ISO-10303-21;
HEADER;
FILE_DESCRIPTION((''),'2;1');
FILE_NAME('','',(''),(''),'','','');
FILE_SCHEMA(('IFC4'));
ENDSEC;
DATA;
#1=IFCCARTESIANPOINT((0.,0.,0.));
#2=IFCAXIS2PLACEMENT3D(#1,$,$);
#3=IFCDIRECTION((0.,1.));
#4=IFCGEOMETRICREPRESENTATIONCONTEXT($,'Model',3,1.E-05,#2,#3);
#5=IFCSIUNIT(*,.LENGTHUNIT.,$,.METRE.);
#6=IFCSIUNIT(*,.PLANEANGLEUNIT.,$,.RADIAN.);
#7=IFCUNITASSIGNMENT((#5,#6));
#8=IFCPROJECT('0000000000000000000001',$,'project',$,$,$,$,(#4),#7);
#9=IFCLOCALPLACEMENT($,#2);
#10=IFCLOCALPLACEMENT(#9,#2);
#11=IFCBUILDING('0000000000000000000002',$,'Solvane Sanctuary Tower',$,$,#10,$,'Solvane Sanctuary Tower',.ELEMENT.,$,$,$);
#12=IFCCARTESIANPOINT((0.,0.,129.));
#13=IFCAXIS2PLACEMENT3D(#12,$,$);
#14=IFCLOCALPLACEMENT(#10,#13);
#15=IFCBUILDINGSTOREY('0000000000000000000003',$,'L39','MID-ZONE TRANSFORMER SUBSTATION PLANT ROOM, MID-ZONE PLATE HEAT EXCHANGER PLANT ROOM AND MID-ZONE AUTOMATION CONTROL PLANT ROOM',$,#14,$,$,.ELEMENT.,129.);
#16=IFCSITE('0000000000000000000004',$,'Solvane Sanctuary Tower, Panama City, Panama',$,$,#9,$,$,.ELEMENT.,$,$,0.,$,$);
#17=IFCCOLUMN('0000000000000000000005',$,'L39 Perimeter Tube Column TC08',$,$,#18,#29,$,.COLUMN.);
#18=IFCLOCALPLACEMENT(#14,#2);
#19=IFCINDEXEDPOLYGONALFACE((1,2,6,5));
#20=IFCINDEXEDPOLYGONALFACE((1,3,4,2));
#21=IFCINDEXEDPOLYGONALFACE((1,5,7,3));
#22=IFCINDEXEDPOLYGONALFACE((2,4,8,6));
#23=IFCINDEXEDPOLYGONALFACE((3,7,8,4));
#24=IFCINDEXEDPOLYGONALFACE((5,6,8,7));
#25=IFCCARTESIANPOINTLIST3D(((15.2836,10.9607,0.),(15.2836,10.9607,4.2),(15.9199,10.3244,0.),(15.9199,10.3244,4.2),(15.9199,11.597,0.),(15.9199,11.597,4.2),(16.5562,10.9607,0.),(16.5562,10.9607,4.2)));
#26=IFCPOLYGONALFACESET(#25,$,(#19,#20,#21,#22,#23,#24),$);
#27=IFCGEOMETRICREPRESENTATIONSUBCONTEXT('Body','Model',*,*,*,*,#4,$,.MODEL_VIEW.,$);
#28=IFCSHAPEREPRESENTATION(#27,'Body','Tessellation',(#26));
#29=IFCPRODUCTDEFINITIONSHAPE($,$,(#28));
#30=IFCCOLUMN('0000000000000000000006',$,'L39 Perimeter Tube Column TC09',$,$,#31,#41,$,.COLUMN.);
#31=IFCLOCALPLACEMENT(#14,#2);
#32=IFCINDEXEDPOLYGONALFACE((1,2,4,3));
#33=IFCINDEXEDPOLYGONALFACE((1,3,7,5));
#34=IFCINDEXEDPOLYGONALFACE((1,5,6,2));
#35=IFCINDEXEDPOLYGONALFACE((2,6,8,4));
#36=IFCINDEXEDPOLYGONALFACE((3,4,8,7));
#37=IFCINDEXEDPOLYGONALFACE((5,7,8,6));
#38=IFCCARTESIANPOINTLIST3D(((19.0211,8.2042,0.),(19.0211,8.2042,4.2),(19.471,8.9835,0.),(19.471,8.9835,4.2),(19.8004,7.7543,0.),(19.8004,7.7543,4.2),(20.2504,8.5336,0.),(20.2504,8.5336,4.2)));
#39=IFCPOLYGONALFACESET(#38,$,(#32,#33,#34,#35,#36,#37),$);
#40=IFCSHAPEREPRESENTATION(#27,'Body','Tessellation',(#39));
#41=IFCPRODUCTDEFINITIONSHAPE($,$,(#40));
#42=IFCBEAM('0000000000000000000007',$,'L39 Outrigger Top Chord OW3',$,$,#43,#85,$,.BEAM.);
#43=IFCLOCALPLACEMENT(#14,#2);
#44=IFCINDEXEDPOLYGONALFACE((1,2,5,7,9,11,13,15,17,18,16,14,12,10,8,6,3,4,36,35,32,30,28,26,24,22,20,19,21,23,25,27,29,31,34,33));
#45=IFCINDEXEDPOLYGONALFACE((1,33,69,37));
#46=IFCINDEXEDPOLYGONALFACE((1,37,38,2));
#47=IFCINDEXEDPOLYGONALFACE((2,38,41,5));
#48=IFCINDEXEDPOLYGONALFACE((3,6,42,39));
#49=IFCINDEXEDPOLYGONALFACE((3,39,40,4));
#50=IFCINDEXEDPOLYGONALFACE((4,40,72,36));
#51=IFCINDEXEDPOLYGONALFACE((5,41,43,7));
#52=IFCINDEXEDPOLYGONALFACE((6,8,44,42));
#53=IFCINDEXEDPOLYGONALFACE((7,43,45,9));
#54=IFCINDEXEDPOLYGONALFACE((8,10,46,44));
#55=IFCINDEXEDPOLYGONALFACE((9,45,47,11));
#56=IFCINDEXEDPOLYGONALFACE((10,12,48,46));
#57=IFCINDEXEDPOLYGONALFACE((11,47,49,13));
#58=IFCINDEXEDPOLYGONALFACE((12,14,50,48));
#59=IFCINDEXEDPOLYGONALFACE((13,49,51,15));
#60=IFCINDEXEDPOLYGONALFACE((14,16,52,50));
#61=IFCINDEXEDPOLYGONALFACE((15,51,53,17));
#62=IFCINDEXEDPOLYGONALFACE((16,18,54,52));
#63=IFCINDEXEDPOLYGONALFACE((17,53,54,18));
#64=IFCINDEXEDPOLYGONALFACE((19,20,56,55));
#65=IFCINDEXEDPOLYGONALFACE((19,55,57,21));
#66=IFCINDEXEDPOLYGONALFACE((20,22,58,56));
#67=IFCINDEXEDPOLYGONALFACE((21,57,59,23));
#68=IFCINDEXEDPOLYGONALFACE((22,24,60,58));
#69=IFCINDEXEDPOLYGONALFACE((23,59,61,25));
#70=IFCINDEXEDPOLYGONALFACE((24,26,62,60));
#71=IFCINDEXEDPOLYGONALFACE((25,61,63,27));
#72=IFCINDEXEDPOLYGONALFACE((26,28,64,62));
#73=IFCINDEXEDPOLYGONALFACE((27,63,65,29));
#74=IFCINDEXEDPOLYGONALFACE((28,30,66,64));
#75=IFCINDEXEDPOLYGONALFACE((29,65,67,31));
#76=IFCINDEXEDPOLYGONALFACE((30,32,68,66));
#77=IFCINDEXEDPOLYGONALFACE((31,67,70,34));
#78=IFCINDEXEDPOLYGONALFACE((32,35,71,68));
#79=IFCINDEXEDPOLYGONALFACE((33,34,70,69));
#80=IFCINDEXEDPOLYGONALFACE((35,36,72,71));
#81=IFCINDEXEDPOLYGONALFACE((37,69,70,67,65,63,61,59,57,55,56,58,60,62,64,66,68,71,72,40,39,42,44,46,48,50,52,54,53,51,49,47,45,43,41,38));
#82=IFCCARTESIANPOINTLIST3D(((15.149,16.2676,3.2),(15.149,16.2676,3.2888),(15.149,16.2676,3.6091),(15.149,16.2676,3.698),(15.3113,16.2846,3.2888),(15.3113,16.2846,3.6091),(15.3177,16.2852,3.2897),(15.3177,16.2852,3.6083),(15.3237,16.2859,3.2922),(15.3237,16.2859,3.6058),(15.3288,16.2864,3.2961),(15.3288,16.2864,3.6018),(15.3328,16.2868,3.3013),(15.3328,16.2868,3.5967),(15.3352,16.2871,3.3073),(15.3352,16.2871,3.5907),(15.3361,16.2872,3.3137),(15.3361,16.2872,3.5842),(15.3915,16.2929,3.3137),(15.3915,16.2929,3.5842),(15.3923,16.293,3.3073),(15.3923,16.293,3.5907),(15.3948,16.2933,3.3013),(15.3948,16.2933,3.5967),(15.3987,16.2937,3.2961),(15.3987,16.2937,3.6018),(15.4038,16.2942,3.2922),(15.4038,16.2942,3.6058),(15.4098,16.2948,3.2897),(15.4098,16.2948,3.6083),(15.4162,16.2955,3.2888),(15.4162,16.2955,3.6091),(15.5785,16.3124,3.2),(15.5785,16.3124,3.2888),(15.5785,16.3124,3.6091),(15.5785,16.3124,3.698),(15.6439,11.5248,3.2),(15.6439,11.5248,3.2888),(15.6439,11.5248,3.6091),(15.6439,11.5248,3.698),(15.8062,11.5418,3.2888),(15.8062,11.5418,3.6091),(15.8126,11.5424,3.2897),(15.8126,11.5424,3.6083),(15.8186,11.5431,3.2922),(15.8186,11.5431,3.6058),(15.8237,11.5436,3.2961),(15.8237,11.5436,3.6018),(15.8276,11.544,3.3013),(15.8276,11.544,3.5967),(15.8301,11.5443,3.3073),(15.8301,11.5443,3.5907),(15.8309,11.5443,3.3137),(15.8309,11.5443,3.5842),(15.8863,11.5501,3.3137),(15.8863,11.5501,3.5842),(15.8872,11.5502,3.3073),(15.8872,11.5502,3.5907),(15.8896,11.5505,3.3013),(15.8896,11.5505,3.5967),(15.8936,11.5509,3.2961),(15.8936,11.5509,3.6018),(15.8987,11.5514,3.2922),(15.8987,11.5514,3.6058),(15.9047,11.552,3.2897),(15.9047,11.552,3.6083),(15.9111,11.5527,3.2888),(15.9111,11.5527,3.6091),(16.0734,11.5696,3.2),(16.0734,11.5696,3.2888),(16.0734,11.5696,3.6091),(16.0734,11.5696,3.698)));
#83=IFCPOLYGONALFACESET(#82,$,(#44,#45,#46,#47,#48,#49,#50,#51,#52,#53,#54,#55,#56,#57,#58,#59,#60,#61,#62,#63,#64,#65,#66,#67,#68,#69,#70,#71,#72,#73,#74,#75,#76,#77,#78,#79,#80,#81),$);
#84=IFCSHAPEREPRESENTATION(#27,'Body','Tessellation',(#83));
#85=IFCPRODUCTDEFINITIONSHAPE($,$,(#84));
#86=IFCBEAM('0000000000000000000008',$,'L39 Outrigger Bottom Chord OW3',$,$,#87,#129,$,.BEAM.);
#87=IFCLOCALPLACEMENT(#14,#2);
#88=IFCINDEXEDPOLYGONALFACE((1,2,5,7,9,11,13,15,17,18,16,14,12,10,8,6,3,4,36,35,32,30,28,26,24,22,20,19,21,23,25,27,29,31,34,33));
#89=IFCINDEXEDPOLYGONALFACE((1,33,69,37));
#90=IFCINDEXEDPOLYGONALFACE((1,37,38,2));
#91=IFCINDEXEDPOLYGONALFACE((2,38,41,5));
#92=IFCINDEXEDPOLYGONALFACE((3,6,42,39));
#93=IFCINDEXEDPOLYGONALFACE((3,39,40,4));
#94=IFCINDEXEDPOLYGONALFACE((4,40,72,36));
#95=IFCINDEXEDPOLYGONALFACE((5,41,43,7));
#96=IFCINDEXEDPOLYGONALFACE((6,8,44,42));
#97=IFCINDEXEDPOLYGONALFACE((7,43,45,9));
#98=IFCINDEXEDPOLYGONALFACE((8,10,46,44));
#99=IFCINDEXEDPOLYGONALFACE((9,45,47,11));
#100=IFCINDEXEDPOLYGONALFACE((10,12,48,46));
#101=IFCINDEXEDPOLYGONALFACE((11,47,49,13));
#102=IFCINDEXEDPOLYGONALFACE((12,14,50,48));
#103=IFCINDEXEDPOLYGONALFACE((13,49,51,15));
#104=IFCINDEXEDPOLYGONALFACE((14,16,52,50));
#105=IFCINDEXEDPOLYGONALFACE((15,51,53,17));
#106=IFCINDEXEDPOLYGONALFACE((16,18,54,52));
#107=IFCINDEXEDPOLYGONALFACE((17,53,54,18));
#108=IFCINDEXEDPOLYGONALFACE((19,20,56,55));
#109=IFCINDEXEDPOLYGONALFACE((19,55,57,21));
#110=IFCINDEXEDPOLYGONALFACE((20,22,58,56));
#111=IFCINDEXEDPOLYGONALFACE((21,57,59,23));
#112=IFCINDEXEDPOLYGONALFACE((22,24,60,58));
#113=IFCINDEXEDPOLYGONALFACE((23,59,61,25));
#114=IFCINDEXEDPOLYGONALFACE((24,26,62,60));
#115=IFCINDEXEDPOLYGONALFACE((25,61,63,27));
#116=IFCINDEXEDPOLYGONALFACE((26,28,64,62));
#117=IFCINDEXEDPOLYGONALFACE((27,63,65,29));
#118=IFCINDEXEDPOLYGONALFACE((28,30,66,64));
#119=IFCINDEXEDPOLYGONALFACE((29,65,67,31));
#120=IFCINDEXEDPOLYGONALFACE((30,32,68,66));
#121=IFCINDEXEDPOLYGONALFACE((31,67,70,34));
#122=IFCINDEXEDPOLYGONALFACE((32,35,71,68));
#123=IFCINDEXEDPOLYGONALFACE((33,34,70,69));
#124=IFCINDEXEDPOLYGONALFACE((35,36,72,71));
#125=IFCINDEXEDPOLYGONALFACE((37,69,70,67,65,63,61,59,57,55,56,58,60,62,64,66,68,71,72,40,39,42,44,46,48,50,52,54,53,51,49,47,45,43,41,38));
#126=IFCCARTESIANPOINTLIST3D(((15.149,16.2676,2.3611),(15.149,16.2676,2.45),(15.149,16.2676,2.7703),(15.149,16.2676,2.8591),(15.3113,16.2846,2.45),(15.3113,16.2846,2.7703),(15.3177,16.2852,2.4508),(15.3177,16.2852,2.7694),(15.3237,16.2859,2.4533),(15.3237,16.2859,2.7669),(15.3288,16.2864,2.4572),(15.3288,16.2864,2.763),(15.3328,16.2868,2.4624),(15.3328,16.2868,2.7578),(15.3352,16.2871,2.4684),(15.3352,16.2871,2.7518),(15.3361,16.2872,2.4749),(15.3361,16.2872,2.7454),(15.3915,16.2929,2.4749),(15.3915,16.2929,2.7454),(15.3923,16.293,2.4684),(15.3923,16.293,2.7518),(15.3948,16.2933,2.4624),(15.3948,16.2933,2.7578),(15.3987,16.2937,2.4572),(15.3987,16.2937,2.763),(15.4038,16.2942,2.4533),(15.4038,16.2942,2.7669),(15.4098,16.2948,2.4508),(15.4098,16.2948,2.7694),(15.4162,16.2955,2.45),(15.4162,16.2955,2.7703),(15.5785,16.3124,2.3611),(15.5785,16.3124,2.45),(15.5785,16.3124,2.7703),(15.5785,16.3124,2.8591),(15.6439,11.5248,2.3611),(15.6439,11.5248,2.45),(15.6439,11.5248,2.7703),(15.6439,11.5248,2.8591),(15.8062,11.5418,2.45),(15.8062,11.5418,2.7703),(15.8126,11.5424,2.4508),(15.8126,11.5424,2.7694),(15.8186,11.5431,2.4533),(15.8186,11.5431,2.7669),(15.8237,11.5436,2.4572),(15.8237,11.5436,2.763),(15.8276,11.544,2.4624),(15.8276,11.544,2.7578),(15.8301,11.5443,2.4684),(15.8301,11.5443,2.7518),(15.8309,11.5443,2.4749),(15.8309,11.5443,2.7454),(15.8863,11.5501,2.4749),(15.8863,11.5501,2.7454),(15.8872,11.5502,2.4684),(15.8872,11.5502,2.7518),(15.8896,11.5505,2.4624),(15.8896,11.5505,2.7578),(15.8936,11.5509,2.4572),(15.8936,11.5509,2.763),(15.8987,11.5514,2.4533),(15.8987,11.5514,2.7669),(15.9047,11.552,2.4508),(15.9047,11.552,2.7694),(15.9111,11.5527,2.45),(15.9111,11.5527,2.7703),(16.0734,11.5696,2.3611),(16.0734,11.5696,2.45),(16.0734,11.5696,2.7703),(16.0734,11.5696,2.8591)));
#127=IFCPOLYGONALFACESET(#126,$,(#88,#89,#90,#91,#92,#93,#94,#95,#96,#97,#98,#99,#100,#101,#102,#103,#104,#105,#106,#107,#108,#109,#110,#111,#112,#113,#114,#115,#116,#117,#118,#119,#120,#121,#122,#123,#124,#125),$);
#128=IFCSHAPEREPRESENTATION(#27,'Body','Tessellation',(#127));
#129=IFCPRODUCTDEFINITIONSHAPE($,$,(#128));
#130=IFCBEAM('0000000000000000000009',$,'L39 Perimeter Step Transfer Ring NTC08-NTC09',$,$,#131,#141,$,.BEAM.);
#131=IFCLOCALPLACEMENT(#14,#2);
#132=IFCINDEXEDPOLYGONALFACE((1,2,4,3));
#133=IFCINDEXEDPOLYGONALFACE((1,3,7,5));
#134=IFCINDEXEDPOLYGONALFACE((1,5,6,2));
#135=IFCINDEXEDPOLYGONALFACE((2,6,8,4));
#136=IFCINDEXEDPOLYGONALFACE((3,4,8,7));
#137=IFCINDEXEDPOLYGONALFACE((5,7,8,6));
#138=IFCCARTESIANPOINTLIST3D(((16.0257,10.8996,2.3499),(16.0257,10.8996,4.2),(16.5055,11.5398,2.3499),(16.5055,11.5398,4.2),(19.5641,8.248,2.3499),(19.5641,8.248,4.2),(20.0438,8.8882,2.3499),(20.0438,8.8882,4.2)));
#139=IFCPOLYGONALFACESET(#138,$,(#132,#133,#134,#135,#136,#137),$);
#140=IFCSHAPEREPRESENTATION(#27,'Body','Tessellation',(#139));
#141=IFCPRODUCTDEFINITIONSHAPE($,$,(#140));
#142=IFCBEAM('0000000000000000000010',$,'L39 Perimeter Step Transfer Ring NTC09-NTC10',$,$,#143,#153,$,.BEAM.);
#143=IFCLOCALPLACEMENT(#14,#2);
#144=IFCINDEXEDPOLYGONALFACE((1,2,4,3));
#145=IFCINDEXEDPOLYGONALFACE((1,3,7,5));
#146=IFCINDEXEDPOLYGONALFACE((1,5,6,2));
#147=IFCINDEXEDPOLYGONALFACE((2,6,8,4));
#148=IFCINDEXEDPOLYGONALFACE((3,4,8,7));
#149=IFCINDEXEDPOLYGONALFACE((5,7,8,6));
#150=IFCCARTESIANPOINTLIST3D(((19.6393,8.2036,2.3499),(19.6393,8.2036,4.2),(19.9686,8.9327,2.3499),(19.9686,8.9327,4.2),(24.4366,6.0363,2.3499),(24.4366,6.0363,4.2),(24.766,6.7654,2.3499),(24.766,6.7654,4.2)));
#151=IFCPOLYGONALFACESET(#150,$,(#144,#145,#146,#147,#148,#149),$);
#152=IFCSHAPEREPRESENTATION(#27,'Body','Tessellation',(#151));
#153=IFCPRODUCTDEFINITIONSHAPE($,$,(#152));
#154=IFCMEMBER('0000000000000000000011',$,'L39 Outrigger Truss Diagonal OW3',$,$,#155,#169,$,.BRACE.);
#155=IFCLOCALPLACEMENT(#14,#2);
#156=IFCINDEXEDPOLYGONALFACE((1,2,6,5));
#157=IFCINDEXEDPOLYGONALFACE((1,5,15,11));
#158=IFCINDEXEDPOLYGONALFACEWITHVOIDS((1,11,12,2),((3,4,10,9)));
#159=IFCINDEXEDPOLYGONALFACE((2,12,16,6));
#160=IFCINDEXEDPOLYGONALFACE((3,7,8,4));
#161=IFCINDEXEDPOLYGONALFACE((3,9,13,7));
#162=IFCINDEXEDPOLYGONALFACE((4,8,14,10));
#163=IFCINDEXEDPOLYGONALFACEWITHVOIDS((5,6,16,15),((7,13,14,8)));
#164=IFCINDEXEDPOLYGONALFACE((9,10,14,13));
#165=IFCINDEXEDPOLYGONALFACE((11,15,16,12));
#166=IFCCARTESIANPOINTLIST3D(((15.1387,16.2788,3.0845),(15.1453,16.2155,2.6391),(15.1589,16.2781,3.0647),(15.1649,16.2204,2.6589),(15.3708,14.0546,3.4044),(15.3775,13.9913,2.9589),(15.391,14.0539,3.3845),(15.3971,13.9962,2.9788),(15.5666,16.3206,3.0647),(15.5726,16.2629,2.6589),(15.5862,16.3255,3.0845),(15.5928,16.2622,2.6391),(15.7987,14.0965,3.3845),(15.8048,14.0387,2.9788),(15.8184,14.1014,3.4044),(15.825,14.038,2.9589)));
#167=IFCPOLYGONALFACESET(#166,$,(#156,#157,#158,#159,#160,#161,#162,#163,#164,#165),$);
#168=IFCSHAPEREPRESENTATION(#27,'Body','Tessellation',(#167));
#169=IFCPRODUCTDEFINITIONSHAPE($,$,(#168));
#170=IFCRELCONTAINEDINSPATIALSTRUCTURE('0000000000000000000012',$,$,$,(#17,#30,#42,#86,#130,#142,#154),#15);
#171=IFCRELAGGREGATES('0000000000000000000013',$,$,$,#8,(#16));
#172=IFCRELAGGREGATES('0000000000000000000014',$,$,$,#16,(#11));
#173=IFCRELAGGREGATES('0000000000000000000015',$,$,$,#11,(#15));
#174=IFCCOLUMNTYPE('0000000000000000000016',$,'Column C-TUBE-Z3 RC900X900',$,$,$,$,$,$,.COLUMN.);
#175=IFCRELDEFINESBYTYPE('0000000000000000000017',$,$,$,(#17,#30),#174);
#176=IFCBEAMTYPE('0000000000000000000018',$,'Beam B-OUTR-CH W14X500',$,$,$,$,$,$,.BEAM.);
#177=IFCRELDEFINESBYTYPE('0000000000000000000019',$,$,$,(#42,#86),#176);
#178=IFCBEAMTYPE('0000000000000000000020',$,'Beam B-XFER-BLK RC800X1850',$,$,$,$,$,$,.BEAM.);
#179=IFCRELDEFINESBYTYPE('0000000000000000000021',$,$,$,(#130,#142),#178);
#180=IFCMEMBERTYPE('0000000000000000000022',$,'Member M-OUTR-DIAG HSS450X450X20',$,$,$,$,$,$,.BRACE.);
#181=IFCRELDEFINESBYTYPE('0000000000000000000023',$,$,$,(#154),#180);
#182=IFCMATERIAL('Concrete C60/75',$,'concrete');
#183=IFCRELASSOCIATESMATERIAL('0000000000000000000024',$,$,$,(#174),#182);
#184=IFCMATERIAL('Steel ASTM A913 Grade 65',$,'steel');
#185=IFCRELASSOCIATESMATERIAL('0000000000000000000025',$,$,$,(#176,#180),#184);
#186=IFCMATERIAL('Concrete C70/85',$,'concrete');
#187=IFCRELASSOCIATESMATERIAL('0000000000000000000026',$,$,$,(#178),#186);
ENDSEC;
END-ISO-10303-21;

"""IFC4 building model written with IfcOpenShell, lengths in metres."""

from ifc_helpers import new_model, si_unit, direction, frame, origin, origin_2d, place, context, subcontext, project, spatial, rectangle, hollow_rectangle, i_section, extrude, material, material_profile, profile_set, type_object, element, save


model = new_model("IFC4")

# Units and contexts
model_context = context("Model", 3, precision=1e-05, world=origin(), true_north=direction((0.0, 1.0)))
body_context = subcontext(model_context, "Body", "Model", "MODEL_VIEW")
ifc_project = project(units=[si_unit("LENGTHUNIT", "METRE"), si_unit("PLANEANGLEUNIT", "RADIAN")], contexts=[model_context])

# Site, building, storey
site_placement = place(None, origin())
site = spatial("IfcSite", under=ifc_project, at=site_placement, Name="Solvane Sanctuary Tower, Panama City, Panama", CompositionType="ELEMENT", RefElevation=0.0)
building_placement = place(site_placement, origin())
building = spatial("IfcBuilding", under=site, at=building_placement, Name="Solvane Sanctuary Tower", LongName="Solvane Sanctuary Tower", CompositionType="ELEMENT")
storey_placement = place(building_placement, frame((0.0, 0.0, 129.0)))
storey = spatial("IfcBuildingStorey", under=building, at=storey_placement, Name="L39", Description="MID-ZONE TRANSFORMER SUBSTATION PLANT ROOM, MID-ZONE PLATE HEAT EXCHANGER PLANT ROOM AND MID-ZONE AUTOMATION CONTROL PLANT ROOM", CompositionType="ELEMENT", Elevation=129.0)

# Columns
ifc_material_1 = material(Name="Concrete C60/75", Category="concrete")
ifc_material_profile_1 = material_profile(ifc_material_1, rectangle(XDim=0.8999, YDim=0.8999, at=origin_2d()), Name="RC900X900")
ifc_profile_set_1 = profile_set([ifc_material_profile_1], Name="Concrete C60/75")
column_type = type_object("IfcColumnType", Name="Column C-TUBE-Z3 RC900X900", PredefinedType="COLUMN", material=ifc_profile_set_1)
for number, where, z_axis, x_axis, name in (
    (1, (15.9199, 10.9607, 0.0), (0.0, 0.0, 1.0), (-0.707107, -0.707107, 0.0), "L39 Perimeter Tube Column TC08"),
    (2, (19.6357, 8.3689, 0.0), (0.0, 0.0, 1.0), (-0.5, -0.866025, 0.0), "L39 Perimeter Tube Column TC09"),
):
    element("IfcColumn", number, at=place(storey_placement, frame(where, z_axis=z_axis, x_axis=x_axis)), inside=storey, type_object=column_type, Name=name, PredefinedType="COLUMN", context=body_context, shape_type="SweptSolid", body=[
        extrude(rectangle(XDim=0.8999, YDim=0.8999, at=origin_2d()), origin(), (0.0, 0.0, 1.0), 4.2),
    ])

# Beams
ifc_material_2 = material(Name="Steel ASTM A913 Grade 65", Category="steel")
ifc_material_profile_2 = material_profile(ifc_material_2, i_section(OverallWidth=0.4319, OverallDepth=0.498, WebThickness=0.0557, FlangeThickness=0.0889, FilletRadius=0.0249, at=origin_2d()), Name="W14X500")
ifc_profile_set_2 = profile_set([ifc_material_profile_2], Name="Steel ASTM A913 Grade 65")
beam_type_1 = type_object("IfcBeamType", Name="Beam B-OUTR-CH W14X500", PredefinedType="BEAM", material=ifc_profile_set_2)
for number, where, z_axis, x_axis, name in (
    (3, (15.3638, 16.29, 3.449), (0.103776, -0.994601, 0.0), (0.994601, 0.103776, 0.0), "L39 Outrigger Top Chord OW3"),
    (4, (15.3638, 16.29, 2.6101), (0.103776, -0.994601, 0.0), (0.994601, 0.103776, 0.0), "L39 Outrigger Bottom Chord OW3"),
):
    element("IfcBeam", number, at=place(storey_placement, frame(where, z_axis=z_axis, x_axis=x_axis)), inside=storey, type_object=beam_type_1, Name=name, PredefinedType="BEAM", context=body_context, shape_type="SweptSolid", body=[
        extrude(i_section(OverallWidth=0.4319, OverallDepth=0.498, WebThickness=0.0557, FlangeThickness=0.0889, FilletRadius=0.0249, at=origin_2d()), origin(), (0.0, 0.0, 1.0), 4.7686),
    ])
ifc_material_3 = material(Name="Concrete C70/85", Category="concrete")
ifc_material_profile_3 = material_profile(ifc_material_3, rectangle(XDim=0.8, YDim=1.8501, at=origin_2d()), Name="RC800X1850")
ifc_profile_set_3 = profile_set([ifc_material_profile_3], Name="Concrete C70/85")
beam_type_2 = type_object("IfcBeamType", Name="Beam B-XFER-BLK RC800X1850", PredefinedType="BEAM", material=ifc_profile_set_3)
beam_1_placement = place(storey_placement, frame((16.2656, 11.2197, 3.2749), z_axis=(0.800232, -0.599691, 0.0), x_axis=(0.599691, 0.800232, 0.0)))
element("IfcBeam", 5, at=beam_1_placement, inside=storey, type_object=beam_type_2, Name="L39 Perimeter Step Transfer Ring NTC08-NTC09", PredefinedType="BEAM", context=body_context, shape_type="SweptSolid", body=[
    extrude(rectangle(XDim=0.8, YDim=1.8501, at=origin_2d()), origin(), (0.0, 0.0, 1.0), 4.4216),
])
beam_2_placement = place(storey_placement, frame((19.804, 8.5681, 3.2749), z_axis=(0.911322, -0.411695, 0.0), x_axis=(0.411695, 0.911322, 0.0)))
element("IfcBeam", 6, at=beam_2_placement, inside=storey, type_object=beam_type_2, Name="L39 Perimeter Step Transfer Ring NTC09-NTC10", PredefinedType="BEAM", context=body_context, shape_type="SweptSolid", body=[
    extrude(rectangle(XDim=0.8, YDim=1.8501, at=origin_2d()), origin(), (0.0, 0.0, 1.0), 5.2642),
])

# Member
ifc_material_profile_4 = material_profile(ifc_material_2, hollow_rectangle(XDim=0.45, YDim=0.45, WallThickness=0.02, at=origin_2d()), Name="HSS450X450X20")
ifc_profile_set_4 = profile_set([ifc_material_profile_4], Name="Steel ASTM A913 Grade 65")
member_type_1 = type_object("IfcMemberType", Name="Member M-OUTR-DIAG HSS450X450X20", PredefinedType="BRACE", material=ifc_profile_set_4)
member_1_placement = place(storey_placement, frame((15.3657, 16.2705, 2.8618), z_axis=(0.102781, -0.984577, 0.14158), x_axis=(0.994595, 0.103827, 0.0)))
element("IfcMember", 7, at=member_1_placement, inside=storey, type_object=member_type_1, Name="L39 Outrigger Truss Diagonal OW3", PredefinedType="BRACE", context=body_context, shape_type="SweptSolid", body=[
    extrude(hollow_rectangle(XDim=0.45, YDim=0.45, WallThickness=0.02, at=origin_2d()), origin(), (0.0, 0.0, 1.0), 2.259),
])

save(model, "model.ifc")
